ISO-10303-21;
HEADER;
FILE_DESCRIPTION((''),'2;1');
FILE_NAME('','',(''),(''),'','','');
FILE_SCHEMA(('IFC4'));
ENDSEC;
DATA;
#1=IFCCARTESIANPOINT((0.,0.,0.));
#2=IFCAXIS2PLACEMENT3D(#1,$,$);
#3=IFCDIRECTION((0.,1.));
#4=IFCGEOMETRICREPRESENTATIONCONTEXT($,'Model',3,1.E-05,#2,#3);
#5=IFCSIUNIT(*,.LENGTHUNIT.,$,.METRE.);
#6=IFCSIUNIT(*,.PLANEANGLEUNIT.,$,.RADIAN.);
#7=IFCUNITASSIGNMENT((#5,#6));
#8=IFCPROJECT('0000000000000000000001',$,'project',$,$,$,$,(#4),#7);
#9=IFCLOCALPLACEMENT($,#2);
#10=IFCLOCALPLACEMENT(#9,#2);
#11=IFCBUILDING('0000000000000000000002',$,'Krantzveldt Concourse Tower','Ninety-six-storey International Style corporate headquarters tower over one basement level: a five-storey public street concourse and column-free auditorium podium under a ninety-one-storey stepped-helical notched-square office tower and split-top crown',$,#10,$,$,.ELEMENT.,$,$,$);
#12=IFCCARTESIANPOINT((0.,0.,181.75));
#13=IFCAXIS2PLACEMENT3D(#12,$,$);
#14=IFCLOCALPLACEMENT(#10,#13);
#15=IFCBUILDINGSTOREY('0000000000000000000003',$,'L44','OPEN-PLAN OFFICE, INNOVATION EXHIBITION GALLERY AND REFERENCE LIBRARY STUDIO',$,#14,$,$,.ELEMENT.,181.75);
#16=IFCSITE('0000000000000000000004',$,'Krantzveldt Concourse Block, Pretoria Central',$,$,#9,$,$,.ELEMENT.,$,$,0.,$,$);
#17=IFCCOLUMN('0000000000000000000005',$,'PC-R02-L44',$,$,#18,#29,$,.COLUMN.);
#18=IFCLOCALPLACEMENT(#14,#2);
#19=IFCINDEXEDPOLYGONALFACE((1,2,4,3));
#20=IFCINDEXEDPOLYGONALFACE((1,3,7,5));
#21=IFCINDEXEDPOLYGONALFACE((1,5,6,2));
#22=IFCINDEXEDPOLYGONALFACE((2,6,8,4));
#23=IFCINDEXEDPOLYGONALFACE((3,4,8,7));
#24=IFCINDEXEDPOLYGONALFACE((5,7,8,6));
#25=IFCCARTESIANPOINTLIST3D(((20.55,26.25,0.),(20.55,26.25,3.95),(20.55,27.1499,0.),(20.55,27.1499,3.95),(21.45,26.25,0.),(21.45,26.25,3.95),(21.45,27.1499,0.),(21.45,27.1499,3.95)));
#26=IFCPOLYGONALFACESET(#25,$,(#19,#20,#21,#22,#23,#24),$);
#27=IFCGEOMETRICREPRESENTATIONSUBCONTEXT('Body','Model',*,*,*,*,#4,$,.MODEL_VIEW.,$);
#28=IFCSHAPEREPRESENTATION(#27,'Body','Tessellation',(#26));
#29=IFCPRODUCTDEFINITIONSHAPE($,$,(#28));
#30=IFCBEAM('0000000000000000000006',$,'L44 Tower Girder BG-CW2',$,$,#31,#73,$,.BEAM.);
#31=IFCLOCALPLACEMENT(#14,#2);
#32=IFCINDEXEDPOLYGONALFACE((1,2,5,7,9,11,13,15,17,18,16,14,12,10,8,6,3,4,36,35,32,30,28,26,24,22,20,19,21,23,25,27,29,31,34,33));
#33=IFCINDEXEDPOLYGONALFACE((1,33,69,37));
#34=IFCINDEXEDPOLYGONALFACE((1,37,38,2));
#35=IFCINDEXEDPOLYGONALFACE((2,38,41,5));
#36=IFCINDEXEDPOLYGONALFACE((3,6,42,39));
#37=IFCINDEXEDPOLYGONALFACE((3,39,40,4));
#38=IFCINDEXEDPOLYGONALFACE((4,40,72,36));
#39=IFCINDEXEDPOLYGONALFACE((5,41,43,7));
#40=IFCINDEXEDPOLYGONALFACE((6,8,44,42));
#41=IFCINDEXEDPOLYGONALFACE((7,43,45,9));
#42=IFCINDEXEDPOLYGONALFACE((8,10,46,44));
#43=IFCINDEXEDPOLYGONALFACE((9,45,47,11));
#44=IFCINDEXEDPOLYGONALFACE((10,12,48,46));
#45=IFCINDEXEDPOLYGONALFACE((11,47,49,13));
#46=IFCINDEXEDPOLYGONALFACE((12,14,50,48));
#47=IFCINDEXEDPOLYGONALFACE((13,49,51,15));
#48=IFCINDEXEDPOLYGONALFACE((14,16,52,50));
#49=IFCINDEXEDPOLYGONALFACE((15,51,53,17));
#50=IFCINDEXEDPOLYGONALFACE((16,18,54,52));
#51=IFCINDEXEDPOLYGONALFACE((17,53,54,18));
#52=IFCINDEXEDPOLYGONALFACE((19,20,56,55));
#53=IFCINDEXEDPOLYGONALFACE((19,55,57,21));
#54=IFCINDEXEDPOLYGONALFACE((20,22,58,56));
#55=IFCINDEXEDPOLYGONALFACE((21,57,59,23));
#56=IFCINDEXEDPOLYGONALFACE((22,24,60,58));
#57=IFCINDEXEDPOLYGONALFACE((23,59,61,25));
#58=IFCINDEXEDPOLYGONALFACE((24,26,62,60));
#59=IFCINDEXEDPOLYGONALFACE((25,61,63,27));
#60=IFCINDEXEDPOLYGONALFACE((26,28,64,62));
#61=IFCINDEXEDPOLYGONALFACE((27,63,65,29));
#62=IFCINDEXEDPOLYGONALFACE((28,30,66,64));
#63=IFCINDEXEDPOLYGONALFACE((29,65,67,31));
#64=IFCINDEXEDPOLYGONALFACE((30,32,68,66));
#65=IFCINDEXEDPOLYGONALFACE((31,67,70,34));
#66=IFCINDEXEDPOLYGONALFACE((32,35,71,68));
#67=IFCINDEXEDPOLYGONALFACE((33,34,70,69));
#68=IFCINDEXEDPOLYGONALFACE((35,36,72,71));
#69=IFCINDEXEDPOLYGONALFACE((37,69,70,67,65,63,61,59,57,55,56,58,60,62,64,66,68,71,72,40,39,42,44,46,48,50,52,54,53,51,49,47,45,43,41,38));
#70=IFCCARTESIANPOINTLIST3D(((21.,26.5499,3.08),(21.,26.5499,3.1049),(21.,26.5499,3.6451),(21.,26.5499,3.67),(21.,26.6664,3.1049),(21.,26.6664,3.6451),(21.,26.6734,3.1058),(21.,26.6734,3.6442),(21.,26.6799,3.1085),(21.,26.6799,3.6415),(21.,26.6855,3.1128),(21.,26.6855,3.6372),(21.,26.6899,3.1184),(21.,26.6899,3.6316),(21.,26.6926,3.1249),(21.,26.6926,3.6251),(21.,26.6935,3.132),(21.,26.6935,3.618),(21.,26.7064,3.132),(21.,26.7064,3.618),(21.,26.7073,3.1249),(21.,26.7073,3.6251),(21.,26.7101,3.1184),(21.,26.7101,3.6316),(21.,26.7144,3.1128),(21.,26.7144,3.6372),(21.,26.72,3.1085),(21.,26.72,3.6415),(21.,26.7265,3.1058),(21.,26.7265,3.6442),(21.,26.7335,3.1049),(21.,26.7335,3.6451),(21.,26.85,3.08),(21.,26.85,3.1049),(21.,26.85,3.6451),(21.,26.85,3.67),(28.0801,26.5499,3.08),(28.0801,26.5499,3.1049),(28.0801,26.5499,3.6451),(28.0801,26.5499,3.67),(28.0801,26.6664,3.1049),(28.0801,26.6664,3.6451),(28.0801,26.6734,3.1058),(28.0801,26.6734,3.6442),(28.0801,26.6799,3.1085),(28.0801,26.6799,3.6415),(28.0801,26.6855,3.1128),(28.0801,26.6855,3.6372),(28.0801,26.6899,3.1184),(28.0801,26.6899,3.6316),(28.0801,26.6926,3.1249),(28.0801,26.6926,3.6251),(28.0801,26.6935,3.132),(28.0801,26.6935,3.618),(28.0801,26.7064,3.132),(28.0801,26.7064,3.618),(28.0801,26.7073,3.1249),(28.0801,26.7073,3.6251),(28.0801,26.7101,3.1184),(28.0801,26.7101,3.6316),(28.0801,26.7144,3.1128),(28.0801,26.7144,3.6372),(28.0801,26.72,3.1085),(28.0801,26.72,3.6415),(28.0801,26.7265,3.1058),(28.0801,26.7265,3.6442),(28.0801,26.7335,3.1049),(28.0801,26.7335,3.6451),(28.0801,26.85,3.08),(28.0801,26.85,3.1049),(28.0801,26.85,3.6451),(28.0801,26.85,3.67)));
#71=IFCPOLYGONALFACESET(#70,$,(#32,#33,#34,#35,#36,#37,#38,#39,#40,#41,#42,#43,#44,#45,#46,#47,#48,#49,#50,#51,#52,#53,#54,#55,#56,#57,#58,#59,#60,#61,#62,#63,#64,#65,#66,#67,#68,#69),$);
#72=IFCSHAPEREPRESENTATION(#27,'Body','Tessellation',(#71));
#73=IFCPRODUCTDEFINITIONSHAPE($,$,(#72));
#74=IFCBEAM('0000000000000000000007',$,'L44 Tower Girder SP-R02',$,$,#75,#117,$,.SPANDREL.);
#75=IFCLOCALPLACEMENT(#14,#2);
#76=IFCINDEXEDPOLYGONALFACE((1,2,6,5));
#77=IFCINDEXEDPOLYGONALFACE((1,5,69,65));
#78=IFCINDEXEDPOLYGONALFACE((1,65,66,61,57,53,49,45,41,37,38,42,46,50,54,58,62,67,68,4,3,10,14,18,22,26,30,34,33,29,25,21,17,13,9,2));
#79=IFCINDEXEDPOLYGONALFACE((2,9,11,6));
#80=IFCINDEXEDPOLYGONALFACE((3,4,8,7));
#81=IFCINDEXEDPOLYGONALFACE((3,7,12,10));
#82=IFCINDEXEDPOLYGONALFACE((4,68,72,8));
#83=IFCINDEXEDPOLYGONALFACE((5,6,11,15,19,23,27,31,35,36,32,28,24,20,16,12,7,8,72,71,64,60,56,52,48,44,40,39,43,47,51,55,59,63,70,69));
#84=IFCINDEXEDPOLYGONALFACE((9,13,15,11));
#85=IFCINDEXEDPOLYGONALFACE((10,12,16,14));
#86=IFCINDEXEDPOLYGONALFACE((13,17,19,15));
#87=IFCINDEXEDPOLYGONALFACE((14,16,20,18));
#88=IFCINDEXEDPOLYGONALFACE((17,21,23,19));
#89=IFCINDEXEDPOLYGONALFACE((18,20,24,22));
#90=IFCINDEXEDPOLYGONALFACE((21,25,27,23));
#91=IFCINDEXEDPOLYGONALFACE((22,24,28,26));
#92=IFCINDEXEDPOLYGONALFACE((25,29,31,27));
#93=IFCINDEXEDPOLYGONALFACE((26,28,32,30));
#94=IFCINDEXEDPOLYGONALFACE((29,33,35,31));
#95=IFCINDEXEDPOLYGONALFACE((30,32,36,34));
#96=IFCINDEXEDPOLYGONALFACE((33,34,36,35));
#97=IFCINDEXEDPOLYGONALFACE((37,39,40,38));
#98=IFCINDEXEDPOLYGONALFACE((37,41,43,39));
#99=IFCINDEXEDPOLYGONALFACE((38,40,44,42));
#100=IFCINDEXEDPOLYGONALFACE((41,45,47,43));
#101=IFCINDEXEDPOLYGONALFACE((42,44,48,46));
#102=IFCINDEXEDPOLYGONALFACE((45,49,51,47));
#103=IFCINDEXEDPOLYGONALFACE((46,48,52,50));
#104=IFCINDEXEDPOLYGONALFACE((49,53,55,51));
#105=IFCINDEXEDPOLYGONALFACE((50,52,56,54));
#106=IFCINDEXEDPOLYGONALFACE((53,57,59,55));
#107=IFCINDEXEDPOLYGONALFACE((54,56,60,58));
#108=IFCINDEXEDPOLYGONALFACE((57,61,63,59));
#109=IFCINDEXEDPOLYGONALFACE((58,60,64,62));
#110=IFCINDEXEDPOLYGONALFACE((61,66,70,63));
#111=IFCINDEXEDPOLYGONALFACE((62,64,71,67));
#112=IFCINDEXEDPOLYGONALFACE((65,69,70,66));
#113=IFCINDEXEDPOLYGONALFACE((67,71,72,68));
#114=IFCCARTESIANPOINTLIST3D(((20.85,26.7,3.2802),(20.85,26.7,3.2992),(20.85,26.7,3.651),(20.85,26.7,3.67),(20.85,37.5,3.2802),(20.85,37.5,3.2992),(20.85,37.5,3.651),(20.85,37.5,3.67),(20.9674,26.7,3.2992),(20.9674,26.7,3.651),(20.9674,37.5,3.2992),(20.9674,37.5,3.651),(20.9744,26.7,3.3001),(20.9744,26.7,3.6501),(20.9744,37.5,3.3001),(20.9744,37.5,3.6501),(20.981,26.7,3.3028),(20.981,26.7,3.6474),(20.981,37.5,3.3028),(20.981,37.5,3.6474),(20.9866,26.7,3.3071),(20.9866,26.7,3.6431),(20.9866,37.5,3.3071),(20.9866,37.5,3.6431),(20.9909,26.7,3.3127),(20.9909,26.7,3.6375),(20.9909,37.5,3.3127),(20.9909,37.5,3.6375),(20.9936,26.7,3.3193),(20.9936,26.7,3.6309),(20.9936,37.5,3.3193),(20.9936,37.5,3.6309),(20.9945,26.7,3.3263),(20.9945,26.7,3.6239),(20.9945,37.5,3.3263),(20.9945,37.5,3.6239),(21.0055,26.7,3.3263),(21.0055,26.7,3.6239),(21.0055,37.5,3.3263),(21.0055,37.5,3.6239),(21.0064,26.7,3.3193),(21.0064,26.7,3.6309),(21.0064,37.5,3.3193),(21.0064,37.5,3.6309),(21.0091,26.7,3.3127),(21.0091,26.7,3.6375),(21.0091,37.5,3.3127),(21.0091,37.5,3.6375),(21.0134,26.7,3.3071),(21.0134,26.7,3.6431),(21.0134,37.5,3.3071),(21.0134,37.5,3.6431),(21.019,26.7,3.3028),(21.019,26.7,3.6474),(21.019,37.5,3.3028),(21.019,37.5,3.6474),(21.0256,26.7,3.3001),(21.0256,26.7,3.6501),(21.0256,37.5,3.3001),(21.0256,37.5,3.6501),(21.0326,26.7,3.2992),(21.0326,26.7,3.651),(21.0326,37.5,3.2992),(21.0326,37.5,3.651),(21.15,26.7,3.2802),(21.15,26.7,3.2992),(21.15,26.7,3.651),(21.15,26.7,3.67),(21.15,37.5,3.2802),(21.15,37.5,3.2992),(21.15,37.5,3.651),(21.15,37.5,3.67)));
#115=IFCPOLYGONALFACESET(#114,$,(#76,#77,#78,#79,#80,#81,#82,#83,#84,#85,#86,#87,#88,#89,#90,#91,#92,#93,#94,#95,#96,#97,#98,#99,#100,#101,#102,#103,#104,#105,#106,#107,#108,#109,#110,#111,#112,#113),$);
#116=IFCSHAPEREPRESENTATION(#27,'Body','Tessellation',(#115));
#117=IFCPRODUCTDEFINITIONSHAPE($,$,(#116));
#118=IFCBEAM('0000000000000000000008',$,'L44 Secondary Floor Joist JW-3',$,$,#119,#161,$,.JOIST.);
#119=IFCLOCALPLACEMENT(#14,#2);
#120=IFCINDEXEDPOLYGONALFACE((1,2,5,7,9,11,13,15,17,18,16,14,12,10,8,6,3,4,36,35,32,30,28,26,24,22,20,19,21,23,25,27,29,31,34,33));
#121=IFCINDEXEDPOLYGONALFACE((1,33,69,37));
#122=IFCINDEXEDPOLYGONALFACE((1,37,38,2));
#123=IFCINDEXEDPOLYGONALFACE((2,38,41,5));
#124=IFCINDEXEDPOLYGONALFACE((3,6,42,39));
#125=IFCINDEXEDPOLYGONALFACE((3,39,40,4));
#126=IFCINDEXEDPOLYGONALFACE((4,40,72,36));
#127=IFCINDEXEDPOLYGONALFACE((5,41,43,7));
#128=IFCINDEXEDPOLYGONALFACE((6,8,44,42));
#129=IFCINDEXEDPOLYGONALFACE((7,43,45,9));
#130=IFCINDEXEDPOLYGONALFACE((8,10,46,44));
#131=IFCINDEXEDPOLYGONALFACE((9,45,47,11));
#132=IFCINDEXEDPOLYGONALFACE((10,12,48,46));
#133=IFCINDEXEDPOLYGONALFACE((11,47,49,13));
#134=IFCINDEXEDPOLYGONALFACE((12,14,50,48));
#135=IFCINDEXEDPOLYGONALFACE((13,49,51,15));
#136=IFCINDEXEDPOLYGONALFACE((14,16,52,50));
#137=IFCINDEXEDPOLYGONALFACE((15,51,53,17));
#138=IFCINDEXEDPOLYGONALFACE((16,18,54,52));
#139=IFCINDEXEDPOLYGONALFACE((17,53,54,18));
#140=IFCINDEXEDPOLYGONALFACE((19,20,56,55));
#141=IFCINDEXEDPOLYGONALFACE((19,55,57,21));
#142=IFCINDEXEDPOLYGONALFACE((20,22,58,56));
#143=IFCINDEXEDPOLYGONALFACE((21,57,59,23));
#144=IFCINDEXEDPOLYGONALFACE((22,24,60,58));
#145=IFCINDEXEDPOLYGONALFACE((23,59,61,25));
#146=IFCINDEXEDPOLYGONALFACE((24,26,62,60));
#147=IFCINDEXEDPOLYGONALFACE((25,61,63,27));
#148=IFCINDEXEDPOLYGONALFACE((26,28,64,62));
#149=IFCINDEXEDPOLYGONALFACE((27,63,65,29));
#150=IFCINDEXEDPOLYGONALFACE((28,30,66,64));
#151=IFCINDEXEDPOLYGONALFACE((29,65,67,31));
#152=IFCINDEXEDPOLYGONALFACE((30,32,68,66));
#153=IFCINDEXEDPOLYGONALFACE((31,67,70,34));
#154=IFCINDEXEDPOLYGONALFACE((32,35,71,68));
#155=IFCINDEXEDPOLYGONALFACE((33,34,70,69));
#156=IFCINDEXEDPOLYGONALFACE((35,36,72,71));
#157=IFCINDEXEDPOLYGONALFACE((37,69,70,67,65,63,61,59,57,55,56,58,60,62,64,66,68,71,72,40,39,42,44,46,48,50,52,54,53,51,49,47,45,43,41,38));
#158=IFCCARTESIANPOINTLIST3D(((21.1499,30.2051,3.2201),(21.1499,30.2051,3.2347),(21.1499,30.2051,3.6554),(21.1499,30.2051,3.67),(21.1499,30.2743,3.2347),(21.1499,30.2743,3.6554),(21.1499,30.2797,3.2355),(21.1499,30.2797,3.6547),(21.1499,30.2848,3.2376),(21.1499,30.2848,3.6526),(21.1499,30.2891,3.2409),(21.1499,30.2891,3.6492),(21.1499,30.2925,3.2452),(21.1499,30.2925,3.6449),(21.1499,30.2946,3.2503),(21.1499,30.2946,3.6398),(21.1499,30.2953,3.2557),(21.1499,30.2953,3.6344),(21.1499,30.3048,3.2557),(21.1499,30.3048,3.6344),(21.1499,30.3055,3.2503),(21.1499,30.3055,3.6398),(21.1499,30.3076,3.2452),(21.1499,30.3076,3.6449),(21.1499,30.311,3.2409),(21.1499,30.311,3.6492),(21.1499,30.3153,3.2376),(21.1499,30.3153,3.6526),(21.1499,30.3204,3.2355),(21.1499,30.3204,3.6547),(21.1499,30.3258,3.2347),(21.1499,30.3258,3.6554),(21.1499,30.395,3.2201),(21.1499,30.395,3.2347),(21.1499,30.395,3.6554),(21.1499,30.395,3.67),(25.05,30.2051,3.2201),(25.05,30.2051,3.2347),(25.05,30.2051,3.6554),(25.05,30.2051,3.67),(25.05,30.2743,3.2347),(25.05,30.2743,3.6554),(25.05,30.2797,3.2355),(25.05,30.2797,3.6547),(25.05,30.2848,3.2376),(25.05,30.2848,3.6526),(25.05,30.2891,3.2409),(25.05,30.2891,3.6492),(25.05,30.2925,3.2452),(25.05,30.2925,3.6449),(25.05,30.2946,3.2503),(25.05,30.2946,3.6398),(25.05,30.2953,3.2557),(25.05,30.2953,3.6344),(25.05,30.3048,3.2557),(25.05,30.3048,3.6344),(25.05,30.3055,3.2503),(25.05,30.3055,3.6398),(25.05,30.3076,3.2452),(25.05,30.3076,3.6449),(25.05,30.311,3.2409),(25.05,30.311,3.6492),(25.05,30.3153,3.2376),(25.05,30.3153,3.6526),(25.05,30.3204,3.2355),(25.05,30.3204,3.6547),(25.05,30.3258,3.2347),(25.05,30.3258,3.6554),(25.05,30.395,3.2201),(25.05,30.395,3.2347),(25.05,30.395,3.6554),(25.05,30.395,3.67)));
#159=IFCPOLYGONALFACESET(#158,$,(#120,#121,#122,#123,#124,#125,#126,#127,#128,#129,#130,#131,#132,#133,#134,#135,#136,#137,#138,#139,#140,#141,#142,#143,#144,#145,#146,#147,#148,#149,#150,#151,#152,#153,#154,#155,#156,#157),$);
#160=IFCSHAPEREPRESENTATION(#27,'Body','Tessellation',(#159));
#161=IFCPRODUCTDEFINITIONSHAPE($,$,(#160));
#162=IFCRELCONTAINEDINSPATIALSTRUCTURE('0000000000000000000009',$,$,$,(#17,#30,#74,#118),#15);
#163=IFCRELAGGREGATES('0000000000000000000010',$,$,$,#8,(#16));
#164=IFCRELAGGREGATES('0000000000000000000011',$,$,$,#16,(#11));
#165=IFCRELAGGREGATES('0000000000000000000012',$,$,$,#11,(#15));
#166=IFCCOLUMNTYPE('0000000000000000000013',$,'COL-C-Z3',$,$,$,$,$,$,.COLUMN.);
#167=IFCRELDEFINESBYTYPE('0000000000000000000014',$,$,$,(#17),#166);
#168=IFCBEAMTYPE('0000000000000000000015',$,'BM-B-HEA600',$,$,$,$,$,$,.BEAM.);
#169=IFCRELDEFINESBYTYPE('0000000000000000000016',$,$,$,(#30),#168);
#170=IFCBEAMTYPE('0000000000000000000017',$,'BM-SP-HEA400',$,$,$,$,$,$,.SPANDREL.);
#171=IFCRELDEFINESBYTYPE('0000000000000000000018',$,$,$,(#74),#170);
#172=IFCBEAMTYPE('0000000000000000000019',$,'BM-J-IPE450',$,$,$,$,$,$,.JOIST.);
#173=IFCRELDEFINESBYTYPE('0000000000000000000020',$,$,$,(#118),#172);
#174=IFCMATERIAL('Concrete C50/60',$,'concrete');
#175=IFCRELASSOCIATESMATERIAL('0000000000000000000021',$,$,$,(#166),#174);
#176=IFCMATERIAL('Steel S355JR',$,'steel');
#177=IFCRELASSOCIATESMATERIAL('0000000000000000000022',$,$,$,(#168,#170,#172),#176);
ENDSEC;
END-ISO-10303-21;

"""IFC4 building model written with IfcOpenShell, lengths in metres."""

from ifc_helpers import new_model, si_unit, direction, frame, origin, origin_2d, place, context, subcontext, project, spatial, rectangle, i_section, extrude, source, transform, mapped, material, material_profile, profile_set, type_object, type_shapes, element, save


model = new_model("IFC4")

# Units and contexts
model_context = context("Model", 3, precision=1e-05, world=origin(), true_north=direction((0.0, 1.0)))
body_context = subcontext(model_context, "Body", "Model", "MODEL_VIEW")
ifc_project = project(units=[si_unit("LENGTHUNIT", "METRE"), si_unit("PLANEANGLEUNIT", "RADIAN")], contexts=[model_context])

# Site, building, storey
site_placement = place(None, origin())
site = spatial("IfcSite", under=ifc_project, at=site_placement, Name="Krantzveldt Concourse Block, Pretoria Central", CompositionType="ELEMENT", RefElevation=0.0)
building_placement = place(site_placement, origin())
building = spatial("IfcBuilding", under=site, at=building_placement, Name="Krantzveldt Concourse Tower", Description="Ninety-six-storey International Style corporate headquarters tower over one basement level: a five-storey public street concourse and column-free auditorium podium under a ninety-one-storey stepped-helical notched-square office tower and split-top crown", CompositionType="ELEMENT")
storey_placement = place(building_placement, frame((0.0, 0.0, 181.75)))
storey = spatial("IfcBuildingStorey", under=building, at=storey_placement, Name="L44", Description="OPEN-PLAN OFFICE, INNOVATION EXHIBITION GALLERY AND REFERENCE LIBRARY STUDIO", CompositionType="ELEMENT", Elevation=181.75)

# Column
ifc_material_1 = material(Name="Concrete C50/60", Category="concrete")
ifc_material_profile_1 = material_profile(ifc_material_1, rectangle(XDim=0.8999, YDim=0.8999, at=origin_2d()), Name="Concrete C50/60", Category="concrete")
ifc_profile_set_1 = profile_set([ifc_material_profile_1], Name="Concrete C50/60 - RC 900x900")
column_type = type_object("IfcColumnType", Name="COL-C-Z3", PredefinedType="COLUMN", material=ifc_profile_set_1)
shared_shape_1 = source(origin(), body_context, "Body", "SweptSolid", [
    extrude(rectangle(XDim=0.8999, YDim=0.8999, at=origin_2d()), origin(), (0.0, 0.0, 1.0), 3.95),
])
type_shapes(column_type, [shared_shape_1])
column_placement = place(storey_placement, frame((21.0, 26.7, 0.0), z_axis=(0.0, 0.0, 1.0), x_axis=(1.0, 0.0, 0.0)))
element("IfcColumn", 1, at=column_placement, inside=storey, type_object=column_type, Name="PC-R02-L44", PredefinedType="COLUMN", context=body_context, shape_type="MappedRepresentation", body=[
    mapped(shared_shape_1, transform((0.0, 0.0, 0.0), x_axis=(1.0, 0.0, 0.0), y_axis=(0.0, 1.0, 0.0), z_axis=(0.0, 0.0, 1.0), scale=1.0)),
])

# Beams
ifc_material_2 = material(Name="Steel S355JR", Category="steel")
ifc_material_profile_2 = material_profile(ifc_material_2, i_section(OverallWidth=0.3, OverallDepth=0.5901, WebThickness=0.0129, FlangeThickness=0.0249, FilletRadius=0.0271, at=origin_2d()), Name="Steel S355JR", Category="steel")
ifc_profile_set_2 = profile_set([ifc_material_profile_2], Name="Steel S355JR - HEA 600")
beam_type_1 = type_object("IfcBeamType", Name="BM-B-HEA600", PredefinedType="BEAM", material=ifc_profile_set_2)
shared_shape_2 = source(origin(), body_context, "Body", "SweptSolid", [
    extrude(i_section(OverallWidth=0.3, OverallDepth=0.5901, WebThickness=0.0129, FlangeThickness=0.0249, FilletRadius=0.0271, at=origin_2d()), origin(), (0.0, 0.0, 1.0), 7.0801),
])
type_shapes(beam_type_1, [shared_shape_2])
beam_1_placement = place(storey_placement, frame((21.0, 26.7, 3.375), z_axis=(1.0, 0.0, 0.0), x_axis=(0.0, 1.0, 0.0)))
element("IfcBeam", 2, at=beam_1_placement, inside=storey, type_object=beam_type_1, Name="L44 Tower Girder BG-CW2", PredefinedType="BEAM", context=body_context, shape_type="MappedRepresentation", body=[
    mapped(shared_shape_2, transform((0.0, 0.0, 0.0), x_axis=(1.0, 0.0, 0.0), y_axis=(0.0, 1.0, 0.0), z_axis=(0.0, 0.0, 1.0), scale=1.0)),
])
ifc_material_profile_3 = material_profile(ifc_material_2, i_section(OverallWidth=0.3, OverallDepth=0.3899, WebThickness=0.011, FlangeThickness=0.019, FilletRadius=0.0271, at=origin_2d()), Name="Steel S355JR", Category="steel")
ifc_profile_set_3 = profile_set([ifc_material_profile_3], Name="Steel S355JR - HEA 400")
beam_type_2 = type_object("IfcBeamType", Name="BM-SP-HEA400", PredefinedType="SPANDREL", material=ifc_profile_set_3)
shared_shape_3 = source(origin(), body_context, "Body", "SweptSolid", [
    extrude(i_section(OverallWidth=0.3, OverallDepth=0.3899, WebThickness=0.011, FlangeThickness=0.019, FilletRadius=0.0271, at=origin_2d()), origin(), (0.0, 0.0, 1.0), 10.8),
])
type_shapes(beam_type_2, [shared_shape_3])
beam_2_placement = place(storey_placement, frame((21.0, 26.7, 3.4751), z_axis=(0.0, 1.0, 0.0), x_axis=(-1.0, 0.0, 0.0)))
element("IfcBeam", 3, at=beam_2_placement, inside=storey, type_object=beam_type_2, Name="L44 Tower Girder SP-R02", PredefinedType="SPANDREL", context=body_context, shape_type="MappedRepresentation", body=[
    mapped(shared_shape_3, transform((0.0, 0.0, 0.0), x_axis=(1.0, 0.0, 0.0), y_axis=(0.0, 1.0, 0.0), z_axis=(0.0, 0.0, 1.0), scale=1.0)),
])
ifc_material_profile_4 = material_profile(ifc_material_2, i_section(OverallWidth=0.1899, OverallDepth=0.45, WebThickness=0.0095, FlangeThickness=0.0146, FilletRadius=0.021, at=origin_2d()), Name="Steel S355JR", Category="steel")
ifc_profile_set_4 = profile_set([ifc_material_profile_4], Name="Steel S355JR - IPE 450")
beam_type_3 = type_object("IfcBeamType", Name="BM-J-IPE450", PredefinedType="JOIST", material=ifc_profile_set_4)
shared_shape_4 = source(origin(), body_context, "Body", "SweptSolid", [
    extrude(i_section(OverallWidth=0.1899, OverallDepth=0.45, WebThickness=0.0095, FlangeThickness=0.0146, FilletRadius=0.021, at=origin_2d()), origin(), (0.0, 0.0, 1.0), 3.9001),
])
type_shapes(beam_type_3, [shared_shape_4])
beam_3_placement = place(storey_placement, frame((21.1499, 30.3, 3.4451), z_axis=(1.0, 0.0, 0.0), x_axis=(0.0, 1.0, 0.0)))
element("IfcBeam", 4, at=beam_3_placement, inside=storey, type_object=beam_type_3, Name="L44 Secondary Floor Joist JW-3", PredefinedType="JOIST", context=body_context, shape_type="MappedRepresentation", body=[
    mapped(shared_shape_4, transform((0.0, 0.0, 0.0), x_axis=(1.0, 0.0, 0.0), y_axis=(0.0, 1.0, 0.0), z_axis=(0.0, 0.0, 1.0), scale=1.0)),
])

save(model, "model.ifc")
